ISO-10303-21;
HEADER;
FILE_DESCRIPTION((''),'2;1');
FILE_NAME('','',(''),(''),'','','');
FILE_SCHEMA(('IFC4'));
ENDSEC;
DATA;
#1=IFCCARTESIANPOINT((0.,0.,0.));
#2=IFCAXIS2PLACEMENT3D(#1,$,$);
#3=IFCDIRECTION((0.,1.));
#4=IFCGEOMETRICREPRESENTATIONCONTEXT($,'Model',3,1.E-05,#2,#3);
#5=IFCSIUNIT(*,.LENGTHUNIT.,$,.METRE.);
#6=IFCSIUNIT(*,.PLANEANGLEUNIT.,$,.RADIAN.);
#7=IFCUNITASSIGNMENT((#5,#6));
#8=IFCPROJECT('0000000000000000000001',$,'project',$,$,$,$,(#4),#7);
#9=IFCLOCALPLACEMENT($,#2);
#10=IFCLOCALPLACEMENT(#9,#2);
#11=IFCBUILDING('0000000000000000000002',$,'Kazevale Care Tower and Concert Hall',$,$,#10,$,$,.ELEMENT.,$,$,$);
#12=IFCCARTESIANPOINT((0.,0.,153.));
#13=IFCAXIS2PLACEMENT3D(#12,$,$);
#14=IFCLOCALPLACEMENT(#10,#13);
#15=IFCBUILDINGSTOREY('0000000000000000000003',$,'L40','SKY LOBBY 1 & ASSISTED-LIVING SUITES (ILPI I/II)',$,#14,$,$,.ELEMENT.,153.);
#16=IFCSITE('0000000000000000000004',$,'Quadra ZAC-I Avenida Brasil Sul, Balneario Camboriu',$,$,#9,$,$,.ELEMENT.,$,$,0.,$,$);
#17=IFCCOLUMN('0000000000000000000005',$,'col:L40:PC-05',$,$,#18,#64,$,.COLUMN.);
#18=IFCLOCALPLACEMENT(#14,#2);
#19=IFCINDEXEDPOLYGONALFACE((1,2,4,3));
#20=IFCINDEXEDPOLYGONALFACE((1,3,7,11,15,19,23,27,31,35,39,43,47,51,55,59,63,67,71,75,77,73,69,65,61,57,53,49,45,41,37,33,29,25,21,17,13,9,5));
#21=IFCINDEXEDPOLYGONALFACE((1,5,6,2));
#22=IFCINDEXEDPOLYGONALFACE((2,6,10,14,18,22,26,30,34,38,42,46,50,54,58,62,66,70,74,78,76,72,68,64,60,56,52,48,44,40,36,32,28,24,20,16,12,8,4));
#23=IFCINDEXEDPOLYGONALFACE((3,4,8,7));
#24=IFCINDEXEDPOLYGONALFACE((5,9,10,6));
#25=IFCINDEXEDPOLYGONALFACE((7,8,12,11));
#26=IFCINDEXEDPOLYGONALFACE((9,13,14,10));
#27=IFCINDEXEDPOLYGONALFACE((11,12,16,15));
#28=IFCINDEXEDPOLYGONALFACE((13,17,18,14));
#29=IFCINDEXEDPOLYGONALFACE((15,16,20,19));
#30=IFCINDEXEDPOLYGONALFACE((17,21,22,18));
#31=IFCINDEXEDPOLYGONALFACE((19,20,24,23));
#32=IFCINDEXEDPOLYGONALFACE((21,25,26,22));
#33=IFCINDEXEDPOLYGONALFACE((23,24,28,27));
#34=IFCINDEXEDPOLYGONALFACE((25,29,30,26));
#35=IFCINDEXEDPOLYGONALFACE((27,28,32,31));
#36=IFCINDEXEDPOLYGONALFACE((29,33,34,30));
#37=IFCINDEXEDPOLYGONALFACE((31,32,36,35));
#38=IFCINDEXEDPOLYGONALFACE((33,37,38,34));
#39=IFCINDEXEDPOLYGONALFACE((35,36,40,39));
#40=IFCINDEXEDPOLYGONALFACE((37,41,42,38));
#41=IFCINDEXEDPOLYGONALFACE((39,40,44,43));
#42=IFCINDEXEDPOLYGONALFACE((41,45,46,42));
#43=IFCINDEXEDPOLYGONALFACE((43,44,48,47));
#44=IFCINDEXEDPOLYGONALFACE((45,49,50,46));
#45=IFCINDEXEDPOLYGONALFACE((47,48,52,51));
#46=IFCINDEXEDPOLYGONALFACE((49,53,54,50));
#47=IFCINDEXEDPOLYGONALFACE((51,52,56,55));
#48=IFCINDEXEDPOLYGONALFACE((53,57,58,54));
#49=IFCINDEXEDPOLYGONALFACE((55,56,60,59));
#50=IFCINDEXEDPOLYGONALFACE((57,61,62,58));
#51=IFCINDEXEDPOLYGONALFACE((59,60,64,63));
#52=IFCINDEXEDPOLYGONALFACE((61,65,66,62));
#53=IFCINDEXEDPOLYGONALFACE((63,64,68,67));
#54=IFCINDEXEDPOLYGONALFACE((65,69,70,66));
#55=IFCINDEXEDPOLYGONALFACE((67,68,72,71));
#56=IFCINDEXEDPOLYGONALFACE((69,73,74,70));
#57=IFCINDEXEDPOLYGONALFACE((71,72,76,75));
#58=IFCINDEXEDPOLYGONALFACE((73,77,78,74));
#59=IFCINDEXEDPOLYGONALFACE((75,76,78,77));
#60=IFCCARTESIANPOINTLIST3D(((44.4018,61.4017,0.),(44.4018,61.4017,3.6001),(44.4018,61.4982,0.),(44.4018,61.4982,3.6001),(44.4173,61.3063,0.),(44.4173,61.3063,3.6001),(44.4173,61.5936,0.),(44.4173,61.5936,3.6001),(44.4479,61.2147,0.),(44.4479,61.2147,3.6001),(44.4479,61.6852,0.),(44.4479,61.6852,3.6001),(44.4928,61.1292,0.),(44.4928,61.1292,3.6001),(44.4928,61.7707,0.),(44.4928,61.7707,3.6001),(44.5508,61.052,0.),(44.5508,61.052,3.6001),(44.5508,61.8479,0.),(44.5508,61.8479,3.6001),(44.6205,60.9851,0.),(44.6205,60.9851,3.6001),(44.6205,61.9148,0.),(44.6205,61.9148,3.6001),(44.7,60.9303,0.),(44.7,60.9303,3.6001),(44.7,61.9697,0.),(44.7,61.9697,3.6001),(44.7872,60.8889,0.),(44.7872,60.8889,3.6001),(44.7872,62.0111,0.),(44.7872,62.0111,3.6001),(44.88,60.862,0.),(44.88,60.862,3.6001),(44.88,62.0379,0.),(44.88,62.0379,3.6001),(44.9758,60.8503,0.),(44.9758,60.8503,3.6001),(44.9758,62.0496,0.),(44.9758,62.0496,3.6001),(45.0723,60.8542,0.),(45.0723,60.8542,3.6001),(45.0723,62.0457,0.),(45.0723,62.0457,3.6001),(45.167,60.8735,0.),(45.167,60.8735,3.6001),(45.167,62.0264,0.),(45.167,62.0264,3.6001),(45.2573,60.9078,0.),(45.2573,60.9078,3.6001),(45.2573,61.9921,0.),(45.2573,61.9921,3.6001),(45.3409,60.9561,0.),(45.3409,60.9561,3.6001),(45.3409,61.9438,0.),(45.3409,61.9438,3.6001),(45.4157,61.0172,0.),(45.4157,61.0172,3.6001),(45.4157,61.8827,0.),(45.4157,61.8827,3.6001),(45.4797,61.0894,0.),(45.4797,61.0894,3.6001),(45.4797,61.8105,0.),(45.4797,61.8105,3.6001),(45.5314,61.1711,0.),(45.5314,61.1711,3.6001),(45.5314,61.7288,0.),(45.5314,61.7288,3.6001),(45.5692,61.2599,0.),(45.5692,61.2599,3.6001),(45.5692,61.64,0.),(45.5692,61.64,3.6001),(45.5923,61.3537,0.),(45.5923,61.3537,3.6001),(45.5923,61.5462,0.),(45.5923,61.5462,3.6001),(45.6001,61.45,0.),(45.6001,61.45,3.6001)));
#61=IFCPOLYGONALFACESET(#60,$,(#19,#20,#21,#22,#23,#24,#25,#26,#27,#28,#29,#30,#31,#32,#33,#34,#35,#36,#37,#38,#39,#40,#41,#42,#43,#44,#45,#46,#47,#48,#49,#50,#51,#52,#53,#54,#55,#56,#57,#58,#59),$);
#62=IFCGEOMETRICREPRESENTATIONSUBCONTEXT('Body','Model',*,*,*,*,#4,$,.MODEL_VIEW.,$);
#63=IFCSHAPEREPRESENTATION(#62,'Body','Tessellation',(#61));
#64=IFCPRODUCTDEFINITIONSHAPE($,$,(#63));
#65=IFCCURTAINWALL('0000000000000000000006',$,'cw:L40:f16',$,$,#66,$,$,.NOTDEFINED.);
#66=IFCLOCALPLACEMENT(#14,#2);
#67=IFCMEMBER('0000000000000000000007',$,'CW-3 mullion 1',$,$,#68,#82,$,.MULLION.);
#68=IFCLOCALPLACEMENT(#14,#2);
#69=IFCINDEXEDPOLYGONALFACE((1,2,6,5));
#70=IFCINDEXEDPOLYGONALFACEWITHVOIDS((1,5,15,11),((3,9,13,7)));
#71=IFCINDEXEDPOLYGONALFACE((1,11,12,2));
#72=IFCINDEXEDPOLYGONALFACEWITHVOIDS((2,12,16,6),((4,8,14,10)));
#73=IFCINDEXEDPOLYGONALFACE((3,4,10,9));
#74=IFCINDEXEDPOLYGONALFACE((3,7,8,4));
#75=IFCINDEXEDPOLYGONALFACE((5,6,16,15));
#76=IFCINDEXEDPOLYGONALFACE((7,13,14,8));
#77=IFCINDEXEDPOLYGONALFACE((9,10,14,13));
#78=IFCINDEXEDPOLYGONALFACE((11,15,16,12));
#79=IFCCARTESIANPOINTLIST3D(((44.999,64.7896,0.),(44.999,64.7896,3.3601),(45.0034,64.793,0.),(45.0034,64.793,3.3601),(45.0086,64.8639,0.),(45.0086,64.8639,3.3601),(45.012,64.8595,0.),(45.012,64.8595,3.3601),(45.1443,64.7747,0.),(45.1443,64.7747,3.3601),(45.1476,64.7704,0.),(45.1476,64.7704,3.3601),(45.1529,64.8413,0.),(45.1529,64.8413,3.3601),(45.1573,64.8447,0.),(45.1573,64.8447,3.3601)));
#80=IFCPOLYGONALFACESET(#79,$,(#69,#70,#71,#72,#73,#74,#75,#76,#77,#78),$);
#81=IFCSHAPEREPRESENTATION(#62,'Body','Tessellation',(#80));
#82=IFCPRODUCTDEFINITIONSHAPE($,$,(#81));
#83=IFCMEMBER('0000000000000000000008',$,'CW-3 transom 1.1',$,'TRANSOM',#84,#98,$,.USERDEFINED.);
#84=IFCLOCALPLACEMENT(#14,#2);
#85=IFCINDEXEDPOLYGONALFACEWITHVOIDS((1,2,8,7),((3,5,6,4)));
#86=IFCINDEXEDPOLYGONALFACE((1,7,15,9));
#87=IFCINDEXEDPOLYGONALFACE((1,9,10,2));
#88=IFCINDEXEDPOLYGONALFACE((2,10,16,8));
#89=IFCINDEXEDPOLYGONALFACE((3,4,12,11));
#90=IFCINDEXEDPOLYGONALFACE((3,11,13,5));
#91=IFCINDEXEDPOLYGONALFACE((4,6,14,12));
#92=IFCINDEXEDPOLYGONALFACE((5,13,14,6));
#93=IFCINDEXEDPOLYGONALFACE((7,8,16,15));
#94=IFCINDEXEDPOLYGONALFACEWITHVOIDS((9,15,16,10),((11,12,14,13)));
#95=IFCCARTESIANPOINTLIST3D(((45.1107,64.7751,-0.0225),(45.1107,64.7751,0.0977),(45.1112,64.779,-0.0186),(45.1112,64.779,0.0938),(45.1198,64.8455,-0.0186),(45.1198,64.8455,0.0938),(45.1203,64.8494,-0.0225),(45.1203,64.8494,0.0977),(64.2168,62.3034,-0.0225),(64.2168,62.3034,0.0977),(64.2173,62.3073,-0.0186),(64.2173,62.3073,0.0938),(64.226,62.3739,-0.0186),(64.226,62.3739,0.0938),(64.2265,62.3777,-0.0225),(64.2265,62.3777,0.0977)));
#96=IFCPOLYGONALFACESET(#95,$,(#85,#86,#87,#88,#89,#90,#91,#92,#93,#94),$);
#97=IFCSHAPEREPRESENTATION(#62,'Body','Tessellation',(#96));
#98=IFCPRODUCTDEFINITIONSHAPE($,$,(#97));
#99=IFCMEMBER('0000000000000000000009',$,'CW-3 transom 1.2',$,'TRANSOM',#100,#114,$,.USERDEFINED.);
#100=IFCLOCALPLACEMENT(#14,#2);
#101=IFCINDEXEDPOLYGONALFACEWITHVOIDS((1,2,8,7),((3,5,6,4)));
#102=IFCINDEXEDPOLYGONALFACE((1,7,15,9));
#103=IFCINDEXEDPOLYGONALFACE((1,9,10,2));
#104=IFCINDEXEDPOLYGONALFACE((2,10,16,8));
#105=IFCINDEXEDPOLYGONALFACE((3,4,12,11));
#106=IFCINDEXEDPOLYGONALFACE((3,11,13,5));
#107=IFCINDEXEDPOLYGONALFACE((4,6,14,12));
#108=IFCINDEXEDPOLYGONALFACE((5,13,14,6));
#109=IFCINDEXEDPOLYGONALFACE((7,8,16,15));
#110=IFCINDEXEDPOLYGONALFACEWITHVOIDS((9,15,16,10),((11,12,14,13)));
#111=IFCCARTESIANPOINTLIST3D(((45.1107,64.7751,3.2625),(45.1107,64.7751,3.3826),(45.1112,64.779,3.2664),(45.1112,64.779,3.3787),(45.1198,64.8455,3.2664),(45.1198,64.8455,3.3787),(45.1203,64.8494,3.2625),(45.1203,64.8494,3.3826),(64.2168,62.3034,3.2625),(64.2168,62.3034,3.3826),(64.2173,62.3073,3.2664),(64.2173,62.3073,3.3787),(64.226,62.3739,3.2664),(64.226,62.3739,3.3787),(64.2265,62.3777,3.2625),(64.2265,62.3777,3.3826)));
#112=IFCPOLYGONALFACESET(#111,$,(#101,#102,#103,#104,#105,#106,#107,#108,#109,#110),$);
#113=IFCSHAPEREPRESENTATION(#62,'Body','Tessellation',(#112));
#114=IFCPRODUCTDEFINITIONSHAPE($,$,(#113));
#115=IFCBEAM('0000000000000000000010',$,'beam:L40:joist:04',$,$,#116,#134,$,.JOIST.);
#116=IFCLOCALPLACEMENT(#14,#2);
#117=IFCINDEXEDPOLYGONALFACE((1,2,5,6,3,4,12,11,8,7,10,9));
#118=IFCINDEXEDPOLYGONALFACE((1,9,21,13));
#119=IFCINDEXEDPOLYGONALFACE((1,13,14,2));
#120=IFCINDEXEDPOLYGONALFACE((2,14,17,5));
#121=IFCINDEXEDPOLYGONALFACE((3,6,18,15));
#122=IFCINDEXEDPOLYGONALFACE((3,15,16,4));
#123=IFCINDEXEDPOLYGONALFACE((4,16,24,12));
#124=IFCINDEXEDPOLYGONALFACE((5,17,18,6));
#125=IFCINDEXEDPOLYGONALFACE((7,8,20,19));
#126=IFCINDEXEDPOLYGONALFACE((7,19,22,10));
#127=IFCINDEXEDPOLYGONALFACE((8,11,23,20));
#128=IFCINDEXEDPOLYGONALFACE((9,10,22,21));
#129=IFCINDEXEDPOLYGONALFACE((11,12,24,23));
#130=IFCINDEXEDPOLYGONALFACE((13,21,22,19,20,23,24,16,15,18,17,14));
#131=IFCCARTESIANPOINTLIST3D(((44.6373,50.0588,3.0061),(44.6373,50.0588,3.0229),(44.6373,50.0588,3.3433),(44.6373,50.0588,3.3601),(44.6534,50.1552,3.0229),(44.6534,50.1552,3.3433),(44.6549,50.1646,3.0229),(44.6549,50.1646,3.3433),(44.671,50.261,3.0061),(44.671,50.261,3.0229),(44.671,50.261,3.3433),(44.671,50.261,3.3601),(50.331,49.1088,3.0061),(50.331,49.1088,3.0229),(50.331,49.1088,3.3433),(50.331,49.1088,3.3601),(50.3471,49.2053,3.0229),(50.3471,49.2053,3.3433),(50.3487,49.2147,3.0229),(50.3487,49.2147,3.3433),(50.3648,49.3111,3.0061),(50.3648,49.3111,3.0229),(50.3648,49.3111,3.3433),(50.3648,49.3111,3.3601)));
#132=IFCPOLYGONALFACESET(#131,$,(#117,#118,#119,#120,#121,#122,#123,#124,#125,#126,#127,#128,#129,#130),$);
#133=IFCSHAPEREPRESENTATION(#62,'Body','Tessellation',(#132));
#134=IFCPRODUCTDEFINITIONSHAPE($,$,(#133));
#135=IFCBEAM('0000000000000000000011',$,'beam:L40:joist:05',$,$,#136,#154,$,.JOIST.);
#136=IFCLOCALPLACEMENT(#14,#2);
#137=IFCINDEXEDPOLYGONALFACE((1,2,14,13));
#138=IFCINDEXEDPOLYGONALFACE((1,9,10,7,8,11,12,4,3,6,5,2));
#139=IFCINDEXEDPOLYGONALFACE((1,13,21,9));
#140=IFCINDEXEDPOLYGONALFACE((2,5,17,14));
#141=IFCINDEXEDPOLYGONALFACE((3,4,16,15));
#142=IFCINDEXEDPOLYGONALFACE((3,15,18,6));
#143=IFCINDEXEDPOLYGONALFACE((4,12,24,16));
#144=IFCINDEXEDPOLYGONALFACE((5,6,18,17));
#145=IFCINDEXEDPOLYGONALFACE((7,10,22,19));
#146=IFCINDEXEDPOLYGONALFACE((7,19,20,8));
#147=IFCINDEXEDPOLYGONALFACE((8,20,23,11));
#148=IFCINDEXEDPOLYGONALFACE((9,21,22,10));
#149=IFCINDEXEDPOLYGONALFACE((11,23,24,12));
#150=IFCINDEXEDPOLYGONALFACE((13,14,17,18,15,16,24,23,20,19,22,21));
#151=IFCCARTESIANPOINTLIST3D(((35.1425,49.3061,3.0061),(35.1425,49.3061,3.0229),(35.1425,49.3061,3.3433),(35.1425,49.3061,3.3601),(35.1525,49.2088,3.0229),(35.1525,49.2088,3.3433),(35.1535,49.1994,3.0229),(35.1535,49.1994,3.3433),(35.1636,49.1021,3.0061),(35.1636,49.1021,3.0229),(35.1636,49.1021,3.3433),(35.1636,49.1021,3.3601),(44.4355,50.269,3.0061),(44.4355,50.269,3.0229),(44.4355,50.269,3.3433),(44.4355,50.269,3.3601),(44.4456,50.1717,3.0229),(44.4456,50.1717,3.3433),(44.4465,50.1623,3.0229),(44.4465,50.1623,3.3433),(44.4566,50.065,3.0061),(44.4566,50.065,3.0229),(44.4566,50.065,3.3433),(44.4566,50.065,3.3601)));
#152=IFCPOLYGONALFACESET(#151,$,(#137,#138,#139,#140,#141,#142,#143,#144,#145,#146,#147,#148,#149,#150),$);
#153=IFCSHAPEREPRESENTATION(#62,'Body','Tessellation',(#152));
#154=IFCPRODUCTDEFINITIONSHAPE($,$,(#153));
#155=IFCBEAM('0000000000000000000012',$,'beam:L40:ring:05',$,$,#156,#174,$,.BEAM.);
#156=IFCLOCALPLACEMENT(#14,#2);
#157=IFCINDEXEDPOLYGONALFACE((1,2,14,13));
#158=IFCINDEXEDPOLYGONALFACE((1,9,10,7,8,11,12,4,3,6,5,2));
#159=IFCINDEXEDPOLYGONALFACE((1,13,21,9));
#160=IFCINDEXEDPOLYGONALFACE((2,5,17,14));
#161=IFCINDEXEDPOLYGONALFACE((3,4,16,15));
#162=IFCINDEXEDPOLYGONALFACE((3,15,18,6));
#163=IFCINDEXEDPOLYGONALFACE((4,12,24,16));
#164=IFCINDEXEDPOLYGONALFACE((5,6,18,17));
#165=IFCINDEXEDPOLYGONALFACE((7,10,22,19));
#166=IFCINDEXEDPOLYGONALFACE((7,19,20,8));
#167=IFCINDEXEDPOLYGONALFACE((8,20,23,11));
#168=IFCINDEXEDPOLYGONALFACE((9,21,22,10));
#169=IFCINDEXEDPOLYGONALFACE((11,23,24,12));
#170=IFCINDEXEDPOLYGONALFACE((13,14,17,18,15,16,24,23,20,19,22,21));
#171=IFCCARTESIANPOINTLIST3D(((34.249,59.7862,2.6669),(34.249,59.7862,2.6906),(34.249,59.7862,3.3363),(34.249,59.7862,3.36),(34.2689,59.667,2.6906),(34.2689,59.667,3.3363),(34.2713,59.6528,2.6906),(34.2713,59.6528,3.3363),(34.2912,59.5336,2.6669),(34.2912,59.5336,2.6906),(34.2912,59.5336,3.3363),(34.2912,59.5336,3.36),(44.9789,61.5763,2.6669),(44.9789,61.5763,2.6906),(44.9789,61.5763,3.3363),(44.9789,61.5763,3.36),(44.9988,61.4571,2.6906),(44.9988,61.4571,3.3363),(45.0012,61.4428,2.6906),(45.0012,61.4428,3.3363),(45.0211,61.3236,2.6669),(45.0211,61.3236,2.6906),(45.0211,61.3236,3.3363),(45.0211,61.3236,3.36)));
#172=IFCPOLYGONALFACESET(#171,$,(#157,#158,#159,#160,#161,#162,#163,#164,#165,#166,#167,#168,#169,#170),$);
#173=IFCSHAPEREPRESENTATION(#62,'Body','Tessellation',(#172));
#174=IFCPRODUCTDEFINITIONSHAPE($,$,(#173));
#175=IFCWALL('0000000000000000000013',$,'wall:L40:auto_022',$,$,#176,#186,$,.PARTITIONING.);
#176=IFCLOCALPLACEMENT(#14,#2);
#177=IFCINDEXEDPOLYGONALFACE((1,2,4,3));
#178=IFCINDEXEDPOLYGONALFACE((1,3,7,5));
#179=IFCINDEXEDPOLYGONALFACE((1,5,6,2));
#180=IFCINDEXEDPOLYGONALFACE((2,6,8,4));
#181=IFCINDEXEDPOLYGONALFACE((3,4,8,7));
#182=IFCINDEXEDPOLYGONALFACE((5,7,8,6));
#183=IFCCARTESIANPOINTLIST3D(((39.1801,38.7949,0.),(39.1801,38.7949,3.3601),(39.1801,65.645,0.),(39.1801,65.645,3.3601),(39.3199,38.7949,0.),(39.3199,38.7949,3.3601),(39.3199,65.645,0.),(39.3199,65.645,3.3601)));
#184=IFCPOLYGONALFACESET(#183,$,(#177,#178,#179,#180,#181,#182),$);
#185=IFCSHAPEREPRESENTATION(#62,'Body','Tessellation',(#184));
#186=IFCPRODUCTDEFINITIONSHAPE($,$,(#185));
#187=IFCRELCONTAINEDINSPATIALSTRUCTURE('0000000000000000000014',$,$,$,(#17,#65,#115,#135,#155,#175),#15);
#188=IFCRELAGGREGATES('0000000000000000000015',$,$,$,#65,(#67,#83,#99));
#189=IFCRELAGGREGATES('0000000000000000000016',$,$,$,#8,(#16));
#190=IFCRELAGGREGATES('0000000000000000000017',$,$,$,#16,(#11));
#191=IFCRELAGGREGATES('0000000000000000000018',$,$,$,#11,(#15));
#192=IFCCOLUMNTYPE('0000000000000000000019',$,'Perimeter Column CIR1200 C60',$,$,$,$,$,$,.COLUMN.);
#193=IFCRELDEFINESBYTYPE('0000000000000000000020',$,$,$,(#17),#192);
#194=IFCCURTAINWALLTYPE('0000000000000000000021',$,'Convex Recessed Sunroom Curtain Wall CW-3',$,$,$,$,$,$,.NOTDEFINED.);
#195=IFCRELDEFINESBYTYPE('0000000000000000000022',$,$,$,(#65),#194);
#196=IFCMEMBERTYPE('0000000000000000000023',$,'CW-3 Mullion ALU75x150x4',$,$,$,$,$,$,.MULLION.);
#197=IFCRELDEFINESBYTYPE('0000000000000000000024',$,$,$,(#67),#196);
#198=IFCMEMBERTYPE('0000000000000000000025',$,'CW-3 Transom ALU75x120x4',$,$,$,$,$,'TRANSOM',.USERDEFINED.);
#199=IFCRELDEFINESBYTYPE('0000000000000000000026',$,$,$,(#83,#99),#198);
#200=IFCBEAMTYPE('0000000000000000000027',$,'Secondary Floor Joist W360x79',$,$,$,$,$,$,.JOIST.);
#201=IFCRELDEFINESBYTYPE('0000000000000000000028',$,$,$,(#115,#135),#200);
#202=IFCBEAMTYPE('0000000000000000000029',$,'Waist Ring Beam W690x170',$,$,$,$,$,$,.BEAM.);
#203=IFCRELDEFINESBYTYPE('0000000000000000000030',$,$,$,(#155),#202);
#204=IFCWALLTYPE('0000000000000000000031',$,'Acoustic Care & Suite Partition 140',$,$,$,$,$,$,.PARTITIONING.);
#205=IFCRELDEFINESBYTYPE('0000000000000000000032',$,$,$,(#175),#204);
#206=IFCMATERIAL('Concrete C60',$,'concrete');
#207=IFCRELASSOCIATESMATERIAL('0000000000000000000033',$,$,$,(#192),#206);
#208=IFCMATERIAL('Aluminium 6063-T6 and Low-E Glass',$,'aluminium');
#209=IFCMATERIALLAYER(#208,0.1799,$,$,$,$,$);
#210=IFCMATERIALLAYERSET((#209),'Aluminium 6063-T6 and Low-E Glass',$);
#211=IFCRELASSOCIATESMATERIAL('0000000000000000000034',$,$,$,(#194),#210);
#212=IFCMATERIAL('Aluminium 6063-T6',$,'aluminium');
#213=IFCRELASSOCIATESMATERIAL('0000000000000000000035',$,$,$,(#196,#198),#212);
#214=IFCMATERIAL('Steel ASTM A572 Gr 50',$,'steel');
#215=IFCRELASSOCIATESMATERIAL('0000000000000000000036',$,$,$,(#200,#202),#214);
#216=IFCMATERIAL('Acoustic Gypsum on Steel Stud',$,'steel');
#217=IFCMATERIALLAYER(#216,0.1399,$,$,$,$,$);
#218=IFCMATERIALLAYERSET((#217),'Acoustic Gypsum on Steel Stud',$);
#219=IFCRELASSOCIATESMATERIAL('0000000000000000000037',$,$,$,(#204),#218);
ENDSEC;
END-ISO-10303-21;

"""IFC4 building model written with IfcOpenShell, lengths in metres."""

from ifc_helpers import new_model, si_unit, direction, frame, frame_2d, origin, origin_2d, place, context, subcontext, project, spatial, rectangle, hollow_rectangle, circle, i_section, extrude, material, layer, layer_set, material_profile, profile_set, type_object, element, aggregate, save


model = new_model("IFC4")

# Units and contexts
model_context = context("Model", 3, precision=1e-05, world=origin(), true_north=direction((0.0, 1.0)))
body_context = subcontext(model_context, "Body", "Model", "MODEL_VIEW")
ifc_project = project(units=[si_unit("LENGTHUNIT", "METRE"), si_unit("PLANEANGLEUNIT", "RADIAN")], contexts=[model_context])

# Site, building, storey
site_placement = place(None, origin())
site = spatial("IfcSite", under=ifc_project, at=site_placement, Name="Quadra ZAC-I Avenida Brasil Sul, Balneario Camboriu", CompositionType="ELEMENT", RefElevation=0.0)
building_placement = place(site_placement, origin())
building = spatial("IfcBuilding", under=site, at=building_placement, Name="Kazevale Care Tower and Concert Hall", CompositionType="ELEMENT")
storey_placement = place(building_placement, frame((0.0, 0.0, 153.0)))
storey = spatial("IfcBuildingStorey", under=building, at=storey_placement, Name="L40", Description="SKY LOBBY 1 & ASSISTED-LIVING SUITES (ILPI I/II)", CompositionType="ELEMENT", Elevation=153.0)

# Column
ifc_material_1 = material(Name="Concrete C60", Category="concrete")
ifc_material_profile_1 = material_profile(ifc_material_1, circle(Radius=0.6001, at=origin_2d()), Name="RC-CIR1200")
ifc_profile_set_1 = profile_set([ifc_material_profile_1], Name="Concrete C60")
column_type = type_object("IfcColumnType", Name="Perimeter Column CIR1200 C60", PredefinedType="COLUMN", material=ifc_profile_set_1)
column_placement = place(storey_placement, frame((45.0, 61.45, 0.0), z_axis=(0.0, 0.0, 1.0), x_axis=(1.0, 0.0, 0.0)))
element("IfcColumn", 1, at=column_placement, inside=storey, type_object=column_type, Name="col:L40:PC-05", PredefinedType="COLUMN", context=body_context, shape_type="SweptSolid", body=[
    extrude(circle(Radius=0.6001, at=origin_2d()), origin(), (0.0, 0.0, 1.0), 3.6001),
])

# Curtain wall, members
ifc_material_2 = material(Name="Aluminium 6063-T6 and Low-E Glass", Category="aluminium")
ifc_layer_1 = layer(ifc_material_2, 0.1799)
ifc_layer_set_1 = layer_set([ifc_layer_1], Name="Aluminium 6063-T6 and Low-E Glass")
curtain_wall_type = type_object("IfcCurtainWallType", Name="Convex Recessed Sunroom Curtain Wall CW-3", PredefinedType="NOTDEFINED", material=ifc_layer_set_1)
curtain_wall_placement = place(storey_placement, origin())
curtain_wall = element("IfcCurtainWall", 2, at=curtain_wall_placement, inside=storey, type_object=curtain_wall_type, Name="cw:L40:f16", PredefinedType="NOTDEFINED")
ifc_material_3 = material(Name="Aluminium 6063-T6", Category="aluminium")
ifc_material_profile_2 = material_profile(ifc_material_3, hollow_rectangle(XDim=0.075, YDim=0.1499, WallThickness=0.0039, at=origin_2d()), Name="ALU75x150x4")
ifc_profile_set_2 = profile_set([ifc_material_profile_2], Name="Aluminium 6063-T6")
member_type_1 = type_object("IfcMemberType", Name="CW-3 Mullion ALU75x150x4", PredefinedType="MULLION", material=ifc_profile_set_2)
member_1_placement = place(storey_placement, frame((45.0781, 64.8171, 0.0), z_axis=(0.0, 0.0, 1.0), x_axis=(0.1283, 0.991735, 0.0)))
member_1 = element("IfcMember", 3, at=member_1_placement, type_object=member_type_1, Name="CW-3 mullion 1", PredefinedType="MULLION", context=body_context, shape_type="SweptSolid", body=[
    extrude(hollow_rectangle(XDim=0.075, YDim=0.1499, WallThickness=0.0039, at=origin_2d()), origin(), (0.0, 0.0, 1.0), 3.3601),
])
ifc_material_profile_3 = material_profile(ifc_material_3, hollow_rectangle(XDim=0.075, YDim=0.1201, WallThickness=0.0039, at=origin_2d()), Name="ALU75x120x4")
ifc_profile_set_3 = profile_set([ifc_material_profile_3], Name="Aluminium 6063-T6")
member_type_2 = type_object("IfcMemberType", Name="CW-3 Transom ALU75x120x4", ElementType="TRANSOM", PredefinedType="USERDEFINED", material=ifc_profile_set_3)
member_2_placement = place(storey_placement, frame((45.1155, 64.8123, 0.0376), z_axis=(0.991736, -0.128296, 0.0), x_axis=(0.128296, 0.991736, 0.0)))
member_2 = element("IfcMember", 4, at=member_2_placement, type_object=member_type_2, Name="CW-3 transom 1.1", ObjectType="TRANSOM", PredefinedType="USERDEFINED", context=body_context, shape_type="SweptSolid", body=[
    extrude(hollow_rectangle(XDim=0.075, YDim=0.1201, WallThickness=0.0039, at=origin_2d()), origin(), (0.0, 0.0, 1.0), 19.2654),
])
member_3_placement = place(storey_placement, frame((45.1155, 64.8123, 3.3225), z_axis=(0.991736, -0.128296, 0.0), x_axis=(0.128296, 0.991736, 0.0)))
member_3 = element("IfcMember", 5, at=member_3_placement, type_object=member_type_2, Name="CW-3 transom 1.2", ObjectType="TRANSOM", PredefinedType="USERDEFINED", context=body_context, shape_type="SweptSolid", body=[
    extrude(hollow_rectangle(XDim=0.075, YDim=0.1201, WallThickness=0.0039, at=origin_2d()), origin(), (0.0, 0.0, 1.0), 19.2654),
])
aggregate(curtain_wall, [member_1, member_2, member_3])

# Beams
ifc_material_4 = material(Name="Steel ASTM A572 Gr 50", Category="steel")
ifc_material_profile_4 = material_profile(ifc_material_4, i_section(OverallWidth=0.2051, OverallDepth=0.354, WebThickness=0.0095, FlangeThickness=0.0168, at=origin_2d()), Name="W360x79")
ifc_profile_set_4 = profile_set([ifc_material_profile_4], Name="Steel ASTM A572 Gr 50")
beam_type_1 = type_object("IfcBeamType", Name="Secondary Floor Joist W360x79", PredefinedType="JOIST", material=ifc_profile_set_4)
beam_1_placement = place(storey_placement, frame((50.3479, 49.21, 3.1831), z_axis=(-0.986366, 0.164564, 0.0), x_axis=(-0.164564, -0.986366, 0.0)))
element("IfcBeam", 6, at=beam_1_placement, inside=storey, type_object=beam_type_1, Name="beam:L40:joist:04", PredefinedType="JOIST", context=body_context, shape_type="SweptSolid", body=[
    extrude(i_section(OverallWidth=0.2051, OverallDepth=0.354, WebThickness=0.0095, FlangeThickness=0.0168, at=origin_2d()), origin(), (0.0, 0.0, 1.0), 5.7725),
])
beam_2_placement = place(storey_placement, frame((44.446, 50.167, 3.1831), z_axis=(-0.994675, -0.103063, 0.0), x_axis=(0.103063, -0.994675, 0.0)))
element("IfcBeam", 7, at=beam_2_placement, inside=storey, type_object=beam_type_1, Name="beam:L40:joist:05", PredefinedType="JOIST", context=body_context, shape_type="SweptSolid", body=[
    extrude(i_section(OverallWidth=0.2051, OverallDepth=0.354, WebThickness=0.0095, FlangeThickness=0.0168, at=origin_2d()), origin(), (0.0, 0.0, 1.0), 9.3428),
])
ifc_material_profile_5 = material_profile(ifc_material_4, i_section(OverallWidth=0.2561, OverallDepth=0.6931, WebThickness=0.0144, FlangeThickness=0.0237, at=origin_2d()), Name="W690x170")
ifc_profile_set_5 = profile_set([ifc_material_profile_5], Name="Steel ASTM A572 Gr 50")
beam_type_2 = type_object("IfcBeamType", Name="Waist Ring Beam W690x170", PredefinedType="BEAM", material=ifc_profile_set_5)
beam_3_placement = place(storey_placement, frame((45.0, 61.45, 3.0134), z_axis=(-0.986368, -0.164552, 0.0), x_axis=(0.164552, -0.986368, 0.0)))
element("IfcBeam", 8, at=beam_3_placement, inside=storey, type_object=beam_type_2, Name="beam:L40:ring:05", PredefinedType="BEAM", context=body_context, shape_type="SweptSolid", body=[
    extrude(i_section(OverallWidth=0.2561, OverallDepth=0.6931, WebThickness=0.0144, FlangeThickness=0.0237, at=origin_2d()), origin(), (0.0, 0.0, 1.0), 10.8782),
])

# Wall
ifc_material_5 = material(Name="Acoustic Gypsum on Steel Stud", Category="steel")
ifc_layer_2 = layer(ifc_material_5, 0.1399)
ifc_layer_set_2 = layer_set([ifc_layer_2], Name="Acoustic Gypsum on Steel Stud")
wall_type_1 = type_object("IfcWallType", Name="Acoustic Care & Suite Partition 140", PredefinedType="PARTITIONING", material=ifc_layer_set_2)
wall_1_placement = place(storey_placement, frame((39.25, 65.645, 0.0), z_axis=(0.0, 0.0, 1.0), x_axis=(0.0, -1.0, 0.0)))
element("IfcWall", 9, at=wall_1_placement, inside=storey, type_object=wall_type_1, Name="wall:L40:auto_022", PredefinedType="PARTITIONING", context=body_context, shape_type="SweptSolid", body=[
    extrude(rectangle(XDim=26.8501, YDim=0.1399, at=frame_2d((13.425, 0.0))), origin(), (0.0, 0.0, 1.0), 3.3601),
])

save(model, "model.ifc")
